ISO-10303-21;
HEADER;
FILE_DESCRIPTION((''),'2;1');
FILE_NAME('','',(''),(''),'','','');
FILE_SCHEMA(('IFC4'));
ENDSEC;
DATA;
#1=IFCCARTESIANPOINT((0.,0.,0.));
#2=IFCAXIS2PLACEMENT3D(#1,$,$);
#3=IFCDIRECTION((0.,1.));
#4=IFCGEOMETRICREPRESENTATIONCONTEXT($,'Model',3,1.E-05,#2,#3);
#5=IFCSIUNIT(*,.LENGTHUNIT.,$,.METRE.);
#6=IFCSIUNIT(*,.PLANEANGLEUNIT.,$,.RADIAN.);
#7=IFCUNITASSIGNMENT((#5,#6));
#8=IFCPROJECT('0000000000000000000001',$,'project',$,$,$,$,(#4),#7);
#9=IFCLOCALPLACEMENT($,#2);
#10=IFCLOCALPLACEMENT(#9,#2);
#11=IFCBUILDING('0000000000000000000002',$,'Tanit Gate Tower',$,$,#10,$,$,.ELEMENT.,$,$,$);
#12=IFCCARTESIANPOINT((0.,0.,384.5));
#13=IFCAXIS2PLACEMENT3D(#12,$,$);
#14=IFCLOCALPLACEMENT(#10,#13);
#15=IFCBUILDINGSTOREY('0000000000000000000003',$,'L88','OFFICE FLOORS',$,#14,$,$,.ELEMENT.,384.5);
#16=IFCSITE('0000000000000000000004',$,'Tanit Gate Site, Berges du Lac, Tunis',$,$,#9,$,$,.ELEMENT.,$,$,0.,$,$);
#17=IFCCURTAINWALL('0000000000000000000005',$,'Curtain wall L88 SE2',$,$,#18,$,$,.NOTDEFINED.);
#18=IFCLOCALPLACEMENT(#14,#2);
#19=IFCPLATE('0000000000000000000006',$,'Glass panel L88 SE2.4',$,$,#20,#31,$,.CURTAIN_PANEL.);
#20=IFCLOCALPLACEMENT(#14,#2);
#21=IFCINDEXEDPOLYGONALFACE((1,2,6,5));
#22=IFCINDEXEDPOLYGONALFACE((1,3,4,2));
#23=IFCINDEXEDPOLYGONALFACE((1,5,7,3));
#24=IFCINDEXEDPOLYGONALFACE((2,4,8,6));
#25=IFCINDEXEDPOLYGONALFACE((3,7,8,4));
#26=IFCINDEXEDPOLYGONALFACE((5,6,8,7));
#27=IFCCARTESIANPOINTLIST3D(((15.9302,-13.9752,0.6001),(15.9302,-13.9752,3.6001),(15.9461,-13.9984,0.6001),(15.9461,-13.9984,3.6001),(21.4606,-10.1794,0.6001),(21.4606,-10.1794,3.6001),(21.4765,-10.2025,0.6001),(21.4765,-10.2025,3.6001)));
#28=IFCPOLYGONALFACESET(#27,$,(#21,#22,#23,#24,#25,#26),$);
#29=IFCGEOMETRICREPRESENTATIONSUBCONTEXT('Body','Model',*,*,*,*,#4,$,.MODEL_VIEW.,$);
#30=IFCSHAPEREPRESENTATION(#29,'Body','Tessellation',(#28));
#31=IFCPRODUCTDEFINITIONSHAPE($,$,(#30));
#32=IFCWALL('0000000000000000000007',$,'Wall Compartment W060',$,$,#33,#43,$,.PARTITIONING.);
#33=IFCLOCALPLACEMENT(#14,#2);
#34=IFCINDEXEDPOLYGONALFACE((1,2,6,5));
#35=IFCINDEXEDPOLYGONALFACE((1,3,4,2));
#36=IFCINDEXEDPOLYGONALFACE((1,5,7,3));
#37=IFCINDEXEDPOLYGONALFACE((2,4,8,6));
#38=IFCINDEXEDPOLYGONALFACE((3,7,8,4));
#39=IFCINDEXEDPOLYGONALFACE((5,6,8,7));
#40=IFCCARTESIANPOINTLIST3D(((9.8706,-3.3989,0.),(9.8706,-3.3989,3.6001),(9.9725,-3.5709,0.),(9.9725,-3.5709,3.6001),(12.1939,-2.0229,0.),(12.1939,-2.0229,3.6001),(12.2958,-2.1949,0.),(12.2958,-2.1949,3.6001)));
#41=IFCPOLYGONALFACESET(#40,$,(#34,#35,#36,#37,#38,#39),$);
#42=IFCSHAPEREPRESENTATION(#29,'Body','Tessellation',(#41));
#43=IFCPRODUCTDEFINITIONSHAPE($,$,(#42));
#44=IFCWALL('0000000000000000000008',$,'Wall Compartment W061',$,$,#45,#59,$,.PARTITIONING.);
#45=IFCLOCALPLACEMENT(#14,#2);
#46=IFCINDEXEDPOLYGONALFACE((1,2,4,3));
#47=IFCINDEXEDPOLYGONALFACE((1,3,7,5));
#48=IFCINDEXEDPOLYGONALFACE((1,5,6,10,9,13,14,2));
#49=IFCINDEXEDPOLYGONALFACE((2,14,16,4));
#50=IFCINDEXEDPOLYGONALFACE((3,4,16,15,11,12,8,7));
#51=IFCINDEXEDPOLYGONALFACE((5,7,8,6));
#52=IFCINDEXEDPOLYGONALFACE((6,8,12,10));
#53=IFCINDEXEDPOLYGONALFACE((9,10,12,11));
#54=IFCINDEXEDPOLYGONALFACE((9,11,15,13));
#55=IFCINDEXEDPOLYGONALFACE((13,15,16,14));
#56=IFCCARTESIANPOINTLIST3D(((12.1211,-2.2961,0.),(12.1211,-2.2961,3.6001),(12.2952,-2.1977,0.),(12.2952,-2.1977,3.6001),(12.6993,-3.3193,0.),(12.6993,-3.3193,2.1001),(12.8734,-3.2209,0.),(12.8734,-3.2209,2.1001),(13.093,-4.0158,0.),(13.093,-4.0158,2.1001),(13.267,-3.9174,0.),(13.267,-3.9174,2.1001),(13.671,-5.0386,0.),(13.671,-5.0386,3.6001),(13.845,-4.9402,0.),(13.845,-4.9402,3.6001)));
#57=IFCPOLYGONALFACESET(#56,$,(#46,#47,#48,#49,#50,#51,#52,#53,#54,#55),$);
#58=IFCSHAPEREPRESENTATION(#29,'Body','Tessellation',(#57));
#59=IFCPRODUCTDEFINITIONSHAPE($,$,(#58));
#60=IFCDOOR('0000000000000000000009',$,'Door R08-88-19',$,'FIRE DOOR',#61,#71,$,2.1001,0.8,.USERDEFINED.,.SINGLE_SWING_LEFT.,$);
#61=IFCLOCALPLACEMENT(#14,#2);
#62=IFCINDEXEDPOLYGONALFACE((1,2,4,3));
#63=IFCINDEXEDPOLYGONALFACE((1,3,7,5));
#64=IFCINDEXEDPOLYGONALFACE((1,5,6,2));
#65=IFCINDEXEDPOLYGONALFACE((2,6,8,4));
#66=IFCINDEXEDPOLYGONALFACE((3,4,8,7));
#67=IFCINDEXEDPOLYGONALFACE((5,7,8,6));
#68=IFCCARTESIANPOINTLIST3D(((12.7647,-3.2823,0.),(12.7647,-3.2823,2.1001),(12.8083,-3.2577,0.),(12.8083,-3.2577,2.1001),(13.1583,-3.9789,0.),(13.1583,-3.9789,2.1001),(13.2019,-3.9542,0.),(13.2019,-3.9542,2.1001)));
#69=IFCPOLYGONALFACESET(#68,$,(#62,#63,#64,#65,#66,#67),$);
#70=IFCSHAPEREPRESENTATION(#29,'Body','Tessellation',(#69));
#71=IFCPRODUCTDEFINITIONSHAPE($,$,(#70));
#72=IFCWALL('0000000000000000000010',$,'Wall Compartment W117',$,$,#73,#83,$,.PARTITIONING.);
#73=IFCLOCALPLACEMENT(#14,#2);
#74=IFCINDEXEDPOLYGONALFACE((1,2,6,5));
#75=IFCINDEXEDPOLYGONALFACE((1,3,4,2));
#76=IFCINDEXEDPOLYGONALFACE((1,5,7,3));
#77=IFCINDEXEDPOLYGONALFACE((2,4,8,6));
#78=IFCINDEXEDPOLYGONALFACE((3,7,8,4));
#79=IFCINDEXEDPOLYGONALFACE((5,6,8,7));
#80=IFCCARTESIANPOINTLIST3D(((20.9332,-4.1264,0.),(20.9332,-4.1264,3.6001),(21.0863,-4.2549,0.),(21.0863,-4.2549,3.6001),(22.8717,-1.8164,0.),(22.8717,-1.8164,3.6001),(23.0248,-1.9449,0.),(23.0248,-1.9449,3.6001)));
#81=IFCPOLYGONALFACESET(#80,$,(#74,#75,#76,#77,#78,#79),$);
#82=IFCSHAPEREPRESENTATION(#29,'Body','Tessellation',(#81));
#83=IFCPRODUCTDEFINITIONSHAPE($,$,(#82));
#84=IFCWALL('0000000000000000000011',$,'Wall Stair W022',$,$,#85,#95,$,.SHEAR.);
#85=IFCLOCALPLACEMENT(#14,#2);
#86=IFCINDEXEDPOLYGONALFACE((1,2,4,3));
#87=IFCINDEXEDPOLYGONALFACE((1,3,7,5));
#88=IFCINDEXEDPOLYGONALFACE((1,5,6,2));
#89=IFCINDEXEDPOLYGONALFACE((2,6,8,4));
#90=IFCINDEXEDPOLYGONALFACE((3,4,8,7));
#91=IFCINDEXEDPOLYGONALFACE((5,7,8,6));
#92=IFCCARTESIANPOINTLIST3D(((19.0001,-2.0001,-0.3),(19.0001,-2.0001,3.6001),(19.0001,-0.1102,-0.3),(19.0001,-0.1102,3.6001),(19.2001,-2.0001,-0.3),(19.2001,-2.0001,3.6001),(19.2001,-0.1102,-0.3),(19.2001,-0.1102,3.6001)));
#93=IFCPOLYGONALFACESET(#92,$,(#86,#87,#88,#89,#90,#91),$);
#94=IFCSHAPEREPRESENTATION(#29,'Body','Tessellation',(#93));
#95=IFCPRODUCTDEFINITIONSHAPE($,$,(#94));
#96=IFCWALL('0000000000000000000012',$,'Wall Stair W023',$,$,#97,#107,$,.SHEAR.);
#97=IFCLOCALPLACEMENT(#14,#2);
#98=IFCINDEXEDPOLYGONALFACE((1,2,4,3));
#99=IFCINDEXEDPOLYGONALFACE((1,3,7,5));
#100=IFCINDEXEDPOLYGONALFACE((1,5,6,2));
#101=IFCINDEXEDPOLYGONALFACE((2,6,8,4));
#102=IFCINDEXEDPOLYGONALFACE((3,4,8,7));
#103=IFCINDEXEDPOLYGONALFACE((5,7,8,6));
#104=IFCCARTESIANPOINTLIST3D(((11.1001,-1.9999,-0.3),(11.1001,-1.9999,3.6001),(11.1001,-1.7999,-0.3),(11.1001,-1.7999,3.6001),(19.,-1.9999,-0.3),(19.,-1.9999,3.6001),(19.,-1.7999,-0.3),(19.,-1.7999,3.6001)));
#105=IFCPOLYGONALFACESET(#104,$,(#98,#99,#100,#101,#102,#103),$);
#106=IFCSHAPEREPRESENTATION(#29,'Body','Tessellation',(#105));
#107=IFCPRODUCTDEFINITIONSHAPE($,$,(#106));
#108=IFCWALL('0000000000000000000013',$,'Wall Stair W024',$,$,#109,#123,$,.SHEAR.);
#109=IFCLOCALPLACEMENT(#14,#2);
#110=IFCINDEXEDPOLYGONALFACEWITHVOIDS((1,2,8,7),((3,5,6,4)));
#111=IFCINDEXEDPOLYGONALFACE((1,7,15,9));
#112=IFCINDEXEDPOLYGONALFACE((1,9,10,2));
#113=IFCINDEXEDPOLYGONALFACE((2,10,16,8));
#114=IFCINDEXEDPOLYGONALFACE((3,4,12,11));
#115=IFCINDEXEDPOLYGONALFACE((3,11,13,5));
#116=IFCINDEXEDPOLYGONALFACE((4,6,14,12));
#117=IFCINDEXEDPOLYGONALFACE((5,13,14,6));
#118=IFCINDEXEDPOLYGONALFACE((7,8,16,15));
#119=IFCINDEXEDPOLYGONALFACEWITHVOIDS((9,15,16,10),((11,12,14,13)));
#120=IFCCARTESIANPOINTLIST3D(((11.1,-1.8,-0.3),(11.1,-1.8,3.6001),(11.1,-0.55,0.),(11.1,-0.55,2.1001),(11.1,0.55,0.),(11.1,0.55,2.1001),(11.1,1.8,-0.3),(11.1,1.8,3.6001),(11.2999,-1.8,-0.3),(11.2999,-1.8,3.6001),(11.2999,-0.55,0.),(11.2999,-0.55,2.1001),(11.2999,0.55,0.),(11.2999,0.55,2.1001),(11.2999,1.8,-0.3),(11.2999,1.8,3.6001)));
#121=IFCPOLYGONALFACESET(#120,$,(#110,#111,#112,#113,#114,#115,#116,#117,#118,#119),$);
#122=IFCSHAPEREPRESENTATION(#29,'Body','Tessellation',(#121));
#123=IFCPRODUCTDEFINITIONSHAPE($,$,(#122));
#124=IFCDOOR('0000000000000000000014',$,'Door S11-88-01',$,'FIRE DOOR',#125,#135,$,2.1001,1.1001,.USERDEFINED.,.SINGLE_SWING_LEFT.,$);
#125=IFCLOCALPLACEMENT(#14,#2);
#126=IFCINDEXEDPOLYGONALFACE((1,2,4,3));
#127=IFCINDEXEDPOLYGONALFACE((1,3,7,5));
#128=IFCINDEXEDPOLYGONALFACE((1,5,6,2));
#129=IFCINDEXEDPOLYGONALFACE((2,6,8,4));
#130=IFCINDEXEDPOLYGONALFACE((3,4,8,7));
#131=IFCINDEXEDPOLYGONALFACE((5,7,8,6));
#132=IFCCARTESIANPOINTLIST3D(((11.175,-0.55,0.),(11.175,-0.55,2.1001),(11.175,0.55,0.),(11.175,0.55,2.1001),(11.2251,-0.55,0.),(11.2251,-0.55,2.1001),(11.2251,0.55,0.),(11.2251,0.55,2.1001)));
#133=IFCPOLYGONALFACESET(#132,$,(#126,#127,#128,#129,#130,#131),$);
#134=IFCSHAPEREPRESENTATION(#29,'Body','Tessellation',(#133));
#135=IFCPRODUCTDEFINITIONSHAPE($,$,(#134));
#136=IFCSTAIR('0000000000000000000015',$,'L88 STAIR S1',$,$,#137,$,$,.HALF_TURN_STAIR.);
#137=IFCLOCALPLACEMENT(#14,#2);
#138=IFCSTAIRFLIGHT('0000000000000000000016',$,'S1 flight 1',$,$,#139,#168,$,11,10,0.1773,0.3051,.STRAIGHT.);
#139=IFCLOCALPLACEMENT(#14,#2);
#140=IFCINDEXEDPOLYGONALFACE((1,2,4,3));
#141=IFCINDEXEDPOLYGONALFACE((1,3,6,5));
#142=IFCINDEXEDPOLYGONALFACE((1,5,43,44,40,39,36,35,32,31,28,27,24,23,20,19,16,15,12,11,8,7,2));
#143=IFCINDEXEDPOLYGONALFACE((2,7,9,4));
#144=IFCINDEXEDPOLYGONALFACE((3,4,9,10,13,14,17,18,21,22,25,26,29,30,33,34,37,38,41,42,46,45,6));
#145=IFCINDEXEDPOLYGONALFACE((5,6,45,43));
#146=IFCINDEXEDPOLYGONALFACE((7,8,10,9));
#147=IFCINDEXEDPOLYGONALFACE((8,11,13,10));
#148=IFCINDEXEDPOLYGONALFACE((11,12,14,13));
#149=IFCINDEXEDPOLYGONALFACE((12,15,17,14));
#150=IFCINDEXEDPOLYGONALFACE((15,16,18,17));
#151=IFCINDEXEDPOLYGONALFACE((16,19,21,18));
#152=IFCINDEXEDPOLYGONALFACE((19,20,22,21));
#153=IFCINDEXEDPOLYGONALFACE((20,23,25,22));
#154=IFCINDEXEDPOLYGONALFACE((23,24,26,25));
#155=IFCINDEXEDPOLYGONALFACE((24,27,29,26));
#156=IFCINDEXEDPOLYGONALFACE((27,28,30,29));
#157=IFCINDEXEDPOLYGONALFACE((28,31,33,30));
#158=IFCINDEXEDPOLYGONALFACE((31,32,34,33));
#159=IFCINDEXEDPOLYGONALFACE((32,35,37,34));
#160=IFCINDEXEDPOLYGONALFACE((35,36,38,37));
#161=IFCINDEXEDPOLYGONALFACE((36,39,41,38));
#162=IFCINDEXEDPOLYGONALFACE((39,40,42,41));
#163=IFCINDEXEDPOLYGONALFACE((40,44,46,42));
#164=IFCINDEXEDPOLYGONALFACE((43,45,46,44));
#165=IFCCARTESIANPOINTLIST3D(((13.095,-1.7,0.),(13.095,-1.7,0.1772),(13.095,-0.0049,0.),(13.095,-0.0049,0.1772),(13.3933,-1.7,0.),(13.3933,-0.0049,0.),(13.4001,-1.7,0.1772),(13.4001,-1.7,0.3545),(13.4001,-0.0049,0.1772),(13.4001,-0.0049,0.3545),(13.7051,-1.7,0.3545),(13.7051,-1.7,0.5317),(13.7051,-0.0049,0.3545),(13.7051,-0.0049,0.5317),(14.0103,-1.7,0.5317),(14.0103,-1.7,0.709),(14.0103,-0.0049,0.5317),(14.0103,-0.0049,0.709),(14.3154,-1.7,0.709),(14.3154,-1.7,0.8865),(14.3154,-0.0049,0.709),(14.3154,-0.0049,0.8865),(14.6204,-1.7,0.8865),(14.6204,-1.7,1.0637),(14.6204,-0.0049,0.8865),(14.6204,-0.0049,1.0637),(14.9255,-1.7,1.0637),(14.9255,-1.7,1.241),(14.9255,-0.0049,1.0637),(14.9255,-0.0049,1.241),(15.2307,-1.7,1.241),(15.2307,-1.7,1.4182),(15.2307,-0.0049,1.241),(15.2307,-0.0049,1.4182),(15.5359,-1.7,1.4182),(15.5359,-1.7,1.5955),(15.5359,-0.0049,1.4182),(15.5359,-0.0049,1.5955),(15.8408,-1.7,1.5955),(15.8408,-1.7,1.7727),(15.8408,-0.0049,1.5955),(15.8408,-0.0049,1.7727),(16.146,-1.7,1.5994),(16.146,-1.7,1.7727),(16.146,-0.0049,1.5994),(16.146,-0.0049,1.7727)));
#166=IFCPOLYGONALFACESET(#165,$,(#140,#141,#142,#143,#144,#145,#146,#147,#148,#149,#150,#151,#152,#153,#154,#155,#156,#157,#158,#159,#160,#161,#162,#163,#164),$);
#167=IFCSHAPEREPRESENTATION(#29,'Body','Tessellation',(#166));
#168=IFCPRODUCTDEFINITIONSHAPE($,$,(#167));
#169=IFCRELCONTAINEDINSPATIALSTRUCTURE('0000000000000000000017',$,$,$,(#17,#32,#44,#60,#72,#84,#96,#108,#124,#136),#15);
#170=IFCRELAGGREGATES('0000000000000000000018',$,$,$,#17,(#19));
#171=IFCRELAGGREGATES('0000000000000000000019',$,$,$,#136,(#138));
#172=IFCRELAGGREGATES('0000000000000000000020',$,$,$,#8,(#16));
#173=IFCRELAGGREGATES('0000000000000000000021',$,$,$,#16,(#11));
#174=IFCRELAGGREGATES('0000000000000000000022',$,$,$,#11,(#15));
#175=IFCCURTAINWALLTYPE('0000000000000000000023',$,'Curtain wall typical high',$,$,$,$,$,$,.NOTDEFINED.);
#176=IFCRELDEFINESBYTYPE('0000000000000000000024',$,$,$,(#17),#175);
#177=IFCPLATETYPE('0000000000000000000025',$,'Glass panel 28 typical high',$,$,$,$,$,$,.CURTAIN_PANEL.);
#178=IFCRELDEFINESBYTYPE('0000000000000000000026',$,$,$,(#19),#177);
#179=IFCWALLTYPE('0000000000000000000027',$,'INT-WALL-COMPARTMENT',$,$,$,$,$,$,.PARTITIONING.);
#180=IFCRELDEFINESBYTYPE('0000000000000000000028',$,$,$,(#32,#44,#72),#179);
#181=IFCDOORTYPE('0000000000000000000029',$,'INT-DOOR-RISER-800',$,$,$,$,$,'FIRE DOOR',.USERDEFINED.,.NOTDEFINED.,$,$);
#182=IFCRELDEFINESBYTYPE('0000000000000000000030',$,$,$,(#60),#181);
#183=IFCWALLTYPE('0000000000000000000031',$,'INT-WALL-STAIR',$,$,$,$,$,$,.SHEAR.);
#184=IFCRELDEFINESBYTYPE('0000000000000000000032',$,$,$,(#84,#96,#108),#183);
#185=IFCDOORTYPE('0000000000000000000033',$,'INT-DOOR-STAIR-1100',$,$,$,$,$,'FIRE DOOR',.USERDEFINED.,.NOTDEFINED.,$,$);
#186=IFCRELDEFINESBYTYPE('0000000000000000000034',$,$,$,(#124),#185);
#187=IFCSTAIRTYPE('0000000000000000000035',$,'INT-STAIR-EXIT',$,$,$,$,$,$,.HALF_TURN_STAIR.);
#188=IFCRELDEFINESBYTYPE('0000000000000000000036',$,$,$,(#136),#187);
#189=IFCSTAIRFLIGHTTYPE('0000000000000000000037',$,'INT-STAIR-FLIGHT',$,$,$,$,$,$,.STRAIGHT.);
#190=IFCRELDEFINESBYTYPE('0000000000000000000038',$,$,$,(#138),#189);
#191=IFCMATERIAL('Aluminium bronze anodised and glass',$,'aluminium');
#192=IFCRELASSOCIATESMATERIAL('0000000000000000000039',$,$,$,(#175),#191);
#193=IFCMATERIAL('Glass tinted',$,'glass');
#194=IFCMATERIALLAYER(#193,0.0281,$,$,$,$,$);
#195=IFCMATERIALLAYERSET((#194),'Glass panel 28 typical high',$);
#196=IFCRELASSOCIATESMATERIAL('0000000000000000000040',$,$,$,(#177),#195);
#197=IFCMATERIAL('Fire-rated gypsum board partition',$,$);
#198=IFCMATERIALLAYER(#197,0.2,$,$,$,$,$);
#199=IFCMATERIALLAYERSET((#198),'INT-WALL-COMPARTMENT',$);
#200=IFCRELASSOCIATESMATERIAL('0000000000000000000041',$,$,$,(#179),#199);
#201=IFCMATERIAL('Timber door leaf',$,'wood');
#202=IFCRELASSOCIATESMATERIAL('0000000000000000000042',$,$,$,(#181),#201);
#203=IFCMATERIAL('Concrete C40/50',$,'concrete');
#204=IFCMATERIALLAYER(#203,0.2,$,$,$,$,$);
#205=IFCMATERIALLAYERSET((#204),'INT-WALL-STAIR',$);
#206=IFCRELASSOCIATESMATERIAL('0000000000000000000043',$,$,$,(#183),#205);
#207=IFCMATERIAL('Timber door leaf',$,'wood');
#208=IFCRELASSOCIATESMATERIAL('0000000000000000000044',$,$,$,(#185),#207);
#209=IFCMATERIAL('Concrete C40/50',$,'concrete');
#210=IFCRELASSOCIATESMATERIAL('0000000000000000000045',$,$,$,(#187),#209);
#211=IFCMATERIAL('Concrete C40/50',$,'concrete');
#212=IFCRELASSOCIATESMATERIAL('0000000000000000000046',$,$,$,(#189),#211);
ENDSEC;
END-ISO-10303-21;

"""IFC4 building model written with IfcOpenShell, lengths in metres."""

from ifc_helpers import new_model, si_unit, direction, frame, frame_2d, origin, origin_2d, place, context, subcontext, project, spatial, polyline, rectangle, outline, extrude, material, layer, layer_set, type_object, element, fill, aggregate, save


model = new_model("IFC4")

# Units and contexts
model_context = context("Model", 3, precision=1e-05, world=origin(), true_north=direction((0.0, 1.0)))
body_context = subcontext(model_context, "Body", "Model", "MODEL_VIEW")
ifc_project = project(units=[si_unit("LENGTHUNIT", "METRE"), si_unit("PLANEANGLEUNIT", "RADIAN")], contexts=[model_context])

# Site, building, storey
site_placement = place(None, origin())
site = spatial("IfcSite", under=ifc_project, at=site_placement, Name="Tanit Gate Site, Berges du Lac, Tunis", CompositionType="ELEMENT", RefElevation=0.0)
building_placement = place(site_placement, origin())
building = spatial("IfcBuilding", under=site, at=building_placement, Name="Tanit Gate Tower", CompositionType="ELEMENT")
storey_placement = place(building_placement, frame((0.0, 0.0, 384.5)))
storey = spatial("IfcBuildingStorey", under=building, at=storey_placement, Name="L88", Description="OFFICE FLOORS", CompositionType="ELEMENT", Elevation=384.5)

# Curtain wall
ifc_material_1 = material(Name="Aluminium bronze anodised and glass", Category="aluminium")
curtain_wall_type = type_object("IfcCurtainWallType", Name="Curtain wall typical high", PredefinedType="NOTDEFINED", material=ifc_material_1)
curtain_wall_placement = place(storey_placement, origin())
curtain_wall = element("IfcCurtainWall", 1, at=curtain_wall_placement, inside=storey, type_object=curtain_wall_type, Name="Curtain wall L88 SE2", PredefinedType="NOTDEFINED")

# Plate
ifc_material_2 = material(Name="Glass tinted", Category="glass")
ifc_layer_1 = layer(ifc_material_2, 0.0281)
ifc_layer_set_1 = layer_set([ifc_layer_1], Name="Glass panel 28 typical high")
plate_type = type_object("IfcPlateType", Name="Glass panel 28 typical high", PredefinedType="CURTAIN_PANEL", material=ifc_layer_set_1)
plate_1_placement = place(storey_placement, frame((18.7034, -12.0889, 0.6001), z_axis=(0.0, 0.0, 1.0), x_axis=(0.824479, 0.565893, 0.0)))
plate_1 = element("IfcPlate", 2, at=plate_1_placement, type_object=plate_type, Name="Glass panel L88 SE2.4", PredefinedType="CURTAIN_PANEL", context=body_context, shape_type="SweptSolid", body=[
    extrude(rectangle(XDim=6.7078, YDim=0.0281, at=origin_2d()), origin(), (0.0, 0.0, 1.0), 3.0),
])
aggregate(curtain_wall, [plate_1])

# Wall
ifc_material_3 = material(Name="Fire-rated gypsum board partition")
ifc_layer_2 = layer(ifc_material_3, 0.2)
ifc_layer_set_2 = layer_set([ifc_layer_2], Name="INT-WALL-COMPARTMENT")
wall_type_1 = type_object("IfcWallType", Name="INT-WALL-COMPARTMENT", PredefinedType="PARTITIONING", material=ifc_layer_set_2)
wall_1_placement = place(storey_placement, frame((12.2449, -2.1089, 0.0), z_axis=(0.0, 0.0, 1.0), x_axis=(-0.860415, -0.509594, 0.0)))
element("IfcWall", 3, at=wall_1_placement, inside=storey, type_object=wall_type_1, Name="Wall Compartment W060", PredefinedType="PARTITIONING", context=body_context, shape_type="SweptSolid", body=[
    extrude(rectangle(XDim=2.7002, YDim=0.2, at=frame_2d((1.3501, 0.0))), origin(), (0.0, 0.0, 1.0), 3.6001),
])

# Wall, opening, door
wall_2_placement = place(storey_placement, frame((13.7581, -4.9895, 0.0), z_axis=(0.0, 0.0, 1.0), x_axis=(-0.491993, 0.870599, 0.0)))
wall_2 = element("IfcWall", 4, at=wall_2_placement, inside=storey, type_object=wall_type_1, Name="Wall Compartment W061", PredefinedType="PARTITIONING", context=body_context, shape_type="SweptSolid", body=[
    extrude(rectangle(XDim=3.1501, YDim=0.2, at=frame_2d((1.5752, 0.0))), origin(), (0.0, 0.0, 1.0), 3.6001),
])
opening_1_placement = place(wall_2_placement, frame((1.175, 0.0, 0.0)))
opening_1 = element("IfcOpeningElement", 5, at=opening_1_placement, cuts=wall_2, PredefinedType="OPENING", context=body_context, shape_type="SweptSolid", body=[
    extrude(rectangle(XDim=0.8, YDim=2.1001, at=frame_2d((0.3999, 1.05))), frame((0.0, 0.1099, 0.0), z_axis=(0.0, -1.0, 0.0), x_axis=(1.0, 0.0, 0.0)), (0.0, 0.0, 1.0), 0.22),
])
ifc_material_4 = material(Name="Timber door leaf", Category="wood")
door_type_1 = type_object("IfcDoorType", Name="INT-DOOR-RISER-800", ElementType="FIRE DOOR", OperationType="NOTDEFINED", PredefinedType="USERDEFINED", material=ifc_material_4)
door_1_placement = place(opening_1_placement, origin())
door_1 = element("IfcDoor", 6, at=door_1_placement, inside=storey, type_object=door_type_1, Name="Door R08-88-19", ObjectType="FIRE DOOR", OperationType="SINGLE_SWING_LEFT", OverallHeight=2.1001, OverallWidth=0.8, PredefinedType="USERDEFINED", context=body_context, shape_type="SweptSolid", body=[
    extrude(rectangle(XDim=0.8, YDim=2.1001, at=frame_2d((0.3999, 1.05))), frame((0.0, 0.0249, 0.0), z_axis=(0.0, -1.0, 0.0), x_axis=(1.0, 0.0, 0.0)), (0.0, 0.0, 1.0), 0.05),
])
fill(opening_1, door_1)

# Walls
wall_3_placement = place(storey_placement, frame((21.0098, -4.1907, 0.0), z_axis=(0.0, 0.0, 1.0), x_axis=(0.642808, 0.766027, 0.0)))
element("IfcWall", 7, at=wall_3_placement, inside=storey, type_object=wall_type_1, Name="Wall Compartment W117", PredefinedType="PARTITIONING", context=body_context, shape_type="SweptSolid", body=[
    extrude(rectangle(XDim=3.0156, YDim=0.2, at=frame_2d((1.5078, 0.0))), origin(), (0.0, 0.0, 1.0), 3.6001),
])
ifc_material_5 = material(Name="Concrete C40/50", Category="concrete")
ifc_layer_3 = layer(ifc_material_5, 0.2)
ifc_layer_set_3 = layer_set([ifc_layer_3], Name="INT-WALL-STAIR")
wall_type_2 = type_object("IfcWallType", Name="INT-WALL-STAIR", PredefinedType="SHEAR", material=ifc_layer_set_3)
wall_4_placement = place(storey_placement, frame((19.1001, -2.0, -0.3), z_axis=(0.0, 0.0, 1.0), x_axis=(0.0, 1.0, 0.0)))
element("IfcWall", 8, at=wall_4_placement, inside=storey, type_object=wall_type_2, Name="Wall Stair W022", PredefinedType="SHEAR", context=body_context, shape_type="SweptSolid", body=[
    extrude(rectangle(XDim=1.8899, YDim=0.2, at=frame_2d((0.9448, 0.0))), origin(), (0.0, 0.0, 1.0), 3.9001),
])
wall_5_placement = place(storey_placement, frame((11.1001, -1.8999, -0.3), z_axis=(0.0, 0.0, 1.0), x_axis=(1.0, 0.0, 0.0)))
element("IfcWall", 9, at=wall_5_placement, inside=storey, type_object=wall_type_2, Name="Wall Stair W023", PredefinedType="SHEAR", context=body_context, shape_type="SweptSolid", body=[
    extrude(rectangle(XDim=7.8999, YDim=0.2, at=frame_2d((3.95, 0.0))), origin(), (0.0, 0.0, 1.0), 3.9001),
])

# Wall, opening, door
wall_6_placement = place(storey_placement, frame((11.2, -1.8, -0.3), z_axis=(0.0, 0.0, 1.0), x_axis=(0.0, 1.0, 0.0)))
wall_6 = element("IfcWall", 10, at=wall_6_placement, inside=storey, type_object=wall_type_2, Name="Wall Stair W024", PredefinedType="SHEAR", context=body_context, shape_type="SweptSolid", body=[
    extrude(rectangle(XDim=3.6001, YDim=0.2, at=frame_2d((1.8, 0.0))), origin(), (0.0, 0.0, 1.0), 3.9001),
])
opening_2_placement = place(wall_6_placement, frame((1.25, 0.0, 0.3)))
opening_2 = element("IfcOpeningElement", 11, at=opening_2_placement, cuts=wall_6, PredefinedType="OPENING", context=body_context, shape_type="SweptSolid", body=[
    extrude(rectangle(XDim=1.1001, YDim=2.1001, at=frame_2d((0.55, 1.05))), frame((0.0, 0.1099, 0.0), z_axis=(0.0, -1.0, 0.0), x_axis=(1.0, 0.0, 0.0)), (0.0, 0.0, 1.0), 0.22),
])
ifc_material_6 = material(Name="Timber door leaf", Category="wood")
door_type_2 = type_object("IfcDoorType", Name="INT-DOOR-STAIR-1100", ElementType="FIRE DOOR", OperationType="NOTDEFINED", PredefinedType="USERDEFINED", material=ifc_material_6)
door_2_placement = place(opening_2_placement, origin())
door_2 = element("IfcDoor", 12, at=door_2_placement, inside=storey, type_object=door_type_2, Name="Door S11-88-01", ObjectType="FIRE DOOR", OperationType="SINGLE_SWING_LEFT", OverallHeight=2.1001, OverallWidth=1.1001, PredefinedType="USERDEFINED", context=body_context, shape_type="SweptSolid", body=[
    extrude(rectangle(XDim=1.1001, YDim=2.1001, at=frame_2d((0.55, 1.05))), frame((0.0, 0.0249, 0.0), z_axis=(0.0, -1.0, 0.0), x_axis=(1.0, 0.0, 0.0)), (0.0, 0.0, 1.0), 0.05),
])
fill(opening_2, door_2)

# Stair, stair flight
ifc_material_7 = material(Name="Concrete C40/50", Category="concrete")
stair_type = type_object("IfcStairType", Name="INT-STAIR-EXIT", PredefinedType="HALF_TURN_STAIR", material=ifc_material_7)
stair_placement = place(storey_placement, origin())
stair = element("IfcStair", 13, at=stair_placement, inside=storey, type_object=stair_type, Name="L88 STAIR S1", PredefinedType="HALF_TURN_STAIR")
ifc_material_8 = material(Name="Concrete C40/50", Category="concrete")
stair_flight_type = type_object("IfcStairFlightType", Name="INT-STAIR-FLIGHT", PredefinedType="STRAIGHT", material=ifc_material_8)
stair_flight_placement = place(storey_placement, frame((13.095, -0.8525, 0.0), z_axis=(0.0, 0.0, 1.0), x_axis=(1.0, 0.0, 0.0)))
stair_flight = element("IfcStairFlight", 14, at=stair_flight_placement, type_object=stair_flight_type, Name="S1 flight 1", NumberOfRisers=11, NumberOfTreads=10, PredefinedType="STRAIGHT", RiserHeight=0.1773, TreadLength=0.3051, context=body_context, shape_type="SweptSolid", body=[
    extrude(outline(polyline([(0.0, 0.0), (0.0, 0.1772), (0.3052, 0.1772), (0.3052, 0.3545), (0.6101, 0.3545), (0.6101, 0.5317), (0.9153, 0.5317), (0.9153, 0.709), (1.2205, 0.709), (1.2205, 0.8865), (1.5254, 0.8865), (1.5254, 1.0637), (1.8306, 1.0637), (1.8306, 1.241), (2.1357, 1.241), (2.1357, 1.4182), (2.4409, 1.4182), (2.4409, 1.5955), (2.7458, 1.5955), (2.7458, 1.7727), (3.051, 1.7727), (3.051, 1.95), (3.051, 1.5994), (0.2983, 0.0), (0.0, 0.0)])), frame((0.0, 0.8477, 0.0), z_axis=(0.0, -1.0, 0.0), x_axis=(1.0, 0.0, 0.0)), (0.0, 0.0, 1.0), 1.6951),
])
aggregate(stair, [stair_flight])

save(model, "model.ifc")
